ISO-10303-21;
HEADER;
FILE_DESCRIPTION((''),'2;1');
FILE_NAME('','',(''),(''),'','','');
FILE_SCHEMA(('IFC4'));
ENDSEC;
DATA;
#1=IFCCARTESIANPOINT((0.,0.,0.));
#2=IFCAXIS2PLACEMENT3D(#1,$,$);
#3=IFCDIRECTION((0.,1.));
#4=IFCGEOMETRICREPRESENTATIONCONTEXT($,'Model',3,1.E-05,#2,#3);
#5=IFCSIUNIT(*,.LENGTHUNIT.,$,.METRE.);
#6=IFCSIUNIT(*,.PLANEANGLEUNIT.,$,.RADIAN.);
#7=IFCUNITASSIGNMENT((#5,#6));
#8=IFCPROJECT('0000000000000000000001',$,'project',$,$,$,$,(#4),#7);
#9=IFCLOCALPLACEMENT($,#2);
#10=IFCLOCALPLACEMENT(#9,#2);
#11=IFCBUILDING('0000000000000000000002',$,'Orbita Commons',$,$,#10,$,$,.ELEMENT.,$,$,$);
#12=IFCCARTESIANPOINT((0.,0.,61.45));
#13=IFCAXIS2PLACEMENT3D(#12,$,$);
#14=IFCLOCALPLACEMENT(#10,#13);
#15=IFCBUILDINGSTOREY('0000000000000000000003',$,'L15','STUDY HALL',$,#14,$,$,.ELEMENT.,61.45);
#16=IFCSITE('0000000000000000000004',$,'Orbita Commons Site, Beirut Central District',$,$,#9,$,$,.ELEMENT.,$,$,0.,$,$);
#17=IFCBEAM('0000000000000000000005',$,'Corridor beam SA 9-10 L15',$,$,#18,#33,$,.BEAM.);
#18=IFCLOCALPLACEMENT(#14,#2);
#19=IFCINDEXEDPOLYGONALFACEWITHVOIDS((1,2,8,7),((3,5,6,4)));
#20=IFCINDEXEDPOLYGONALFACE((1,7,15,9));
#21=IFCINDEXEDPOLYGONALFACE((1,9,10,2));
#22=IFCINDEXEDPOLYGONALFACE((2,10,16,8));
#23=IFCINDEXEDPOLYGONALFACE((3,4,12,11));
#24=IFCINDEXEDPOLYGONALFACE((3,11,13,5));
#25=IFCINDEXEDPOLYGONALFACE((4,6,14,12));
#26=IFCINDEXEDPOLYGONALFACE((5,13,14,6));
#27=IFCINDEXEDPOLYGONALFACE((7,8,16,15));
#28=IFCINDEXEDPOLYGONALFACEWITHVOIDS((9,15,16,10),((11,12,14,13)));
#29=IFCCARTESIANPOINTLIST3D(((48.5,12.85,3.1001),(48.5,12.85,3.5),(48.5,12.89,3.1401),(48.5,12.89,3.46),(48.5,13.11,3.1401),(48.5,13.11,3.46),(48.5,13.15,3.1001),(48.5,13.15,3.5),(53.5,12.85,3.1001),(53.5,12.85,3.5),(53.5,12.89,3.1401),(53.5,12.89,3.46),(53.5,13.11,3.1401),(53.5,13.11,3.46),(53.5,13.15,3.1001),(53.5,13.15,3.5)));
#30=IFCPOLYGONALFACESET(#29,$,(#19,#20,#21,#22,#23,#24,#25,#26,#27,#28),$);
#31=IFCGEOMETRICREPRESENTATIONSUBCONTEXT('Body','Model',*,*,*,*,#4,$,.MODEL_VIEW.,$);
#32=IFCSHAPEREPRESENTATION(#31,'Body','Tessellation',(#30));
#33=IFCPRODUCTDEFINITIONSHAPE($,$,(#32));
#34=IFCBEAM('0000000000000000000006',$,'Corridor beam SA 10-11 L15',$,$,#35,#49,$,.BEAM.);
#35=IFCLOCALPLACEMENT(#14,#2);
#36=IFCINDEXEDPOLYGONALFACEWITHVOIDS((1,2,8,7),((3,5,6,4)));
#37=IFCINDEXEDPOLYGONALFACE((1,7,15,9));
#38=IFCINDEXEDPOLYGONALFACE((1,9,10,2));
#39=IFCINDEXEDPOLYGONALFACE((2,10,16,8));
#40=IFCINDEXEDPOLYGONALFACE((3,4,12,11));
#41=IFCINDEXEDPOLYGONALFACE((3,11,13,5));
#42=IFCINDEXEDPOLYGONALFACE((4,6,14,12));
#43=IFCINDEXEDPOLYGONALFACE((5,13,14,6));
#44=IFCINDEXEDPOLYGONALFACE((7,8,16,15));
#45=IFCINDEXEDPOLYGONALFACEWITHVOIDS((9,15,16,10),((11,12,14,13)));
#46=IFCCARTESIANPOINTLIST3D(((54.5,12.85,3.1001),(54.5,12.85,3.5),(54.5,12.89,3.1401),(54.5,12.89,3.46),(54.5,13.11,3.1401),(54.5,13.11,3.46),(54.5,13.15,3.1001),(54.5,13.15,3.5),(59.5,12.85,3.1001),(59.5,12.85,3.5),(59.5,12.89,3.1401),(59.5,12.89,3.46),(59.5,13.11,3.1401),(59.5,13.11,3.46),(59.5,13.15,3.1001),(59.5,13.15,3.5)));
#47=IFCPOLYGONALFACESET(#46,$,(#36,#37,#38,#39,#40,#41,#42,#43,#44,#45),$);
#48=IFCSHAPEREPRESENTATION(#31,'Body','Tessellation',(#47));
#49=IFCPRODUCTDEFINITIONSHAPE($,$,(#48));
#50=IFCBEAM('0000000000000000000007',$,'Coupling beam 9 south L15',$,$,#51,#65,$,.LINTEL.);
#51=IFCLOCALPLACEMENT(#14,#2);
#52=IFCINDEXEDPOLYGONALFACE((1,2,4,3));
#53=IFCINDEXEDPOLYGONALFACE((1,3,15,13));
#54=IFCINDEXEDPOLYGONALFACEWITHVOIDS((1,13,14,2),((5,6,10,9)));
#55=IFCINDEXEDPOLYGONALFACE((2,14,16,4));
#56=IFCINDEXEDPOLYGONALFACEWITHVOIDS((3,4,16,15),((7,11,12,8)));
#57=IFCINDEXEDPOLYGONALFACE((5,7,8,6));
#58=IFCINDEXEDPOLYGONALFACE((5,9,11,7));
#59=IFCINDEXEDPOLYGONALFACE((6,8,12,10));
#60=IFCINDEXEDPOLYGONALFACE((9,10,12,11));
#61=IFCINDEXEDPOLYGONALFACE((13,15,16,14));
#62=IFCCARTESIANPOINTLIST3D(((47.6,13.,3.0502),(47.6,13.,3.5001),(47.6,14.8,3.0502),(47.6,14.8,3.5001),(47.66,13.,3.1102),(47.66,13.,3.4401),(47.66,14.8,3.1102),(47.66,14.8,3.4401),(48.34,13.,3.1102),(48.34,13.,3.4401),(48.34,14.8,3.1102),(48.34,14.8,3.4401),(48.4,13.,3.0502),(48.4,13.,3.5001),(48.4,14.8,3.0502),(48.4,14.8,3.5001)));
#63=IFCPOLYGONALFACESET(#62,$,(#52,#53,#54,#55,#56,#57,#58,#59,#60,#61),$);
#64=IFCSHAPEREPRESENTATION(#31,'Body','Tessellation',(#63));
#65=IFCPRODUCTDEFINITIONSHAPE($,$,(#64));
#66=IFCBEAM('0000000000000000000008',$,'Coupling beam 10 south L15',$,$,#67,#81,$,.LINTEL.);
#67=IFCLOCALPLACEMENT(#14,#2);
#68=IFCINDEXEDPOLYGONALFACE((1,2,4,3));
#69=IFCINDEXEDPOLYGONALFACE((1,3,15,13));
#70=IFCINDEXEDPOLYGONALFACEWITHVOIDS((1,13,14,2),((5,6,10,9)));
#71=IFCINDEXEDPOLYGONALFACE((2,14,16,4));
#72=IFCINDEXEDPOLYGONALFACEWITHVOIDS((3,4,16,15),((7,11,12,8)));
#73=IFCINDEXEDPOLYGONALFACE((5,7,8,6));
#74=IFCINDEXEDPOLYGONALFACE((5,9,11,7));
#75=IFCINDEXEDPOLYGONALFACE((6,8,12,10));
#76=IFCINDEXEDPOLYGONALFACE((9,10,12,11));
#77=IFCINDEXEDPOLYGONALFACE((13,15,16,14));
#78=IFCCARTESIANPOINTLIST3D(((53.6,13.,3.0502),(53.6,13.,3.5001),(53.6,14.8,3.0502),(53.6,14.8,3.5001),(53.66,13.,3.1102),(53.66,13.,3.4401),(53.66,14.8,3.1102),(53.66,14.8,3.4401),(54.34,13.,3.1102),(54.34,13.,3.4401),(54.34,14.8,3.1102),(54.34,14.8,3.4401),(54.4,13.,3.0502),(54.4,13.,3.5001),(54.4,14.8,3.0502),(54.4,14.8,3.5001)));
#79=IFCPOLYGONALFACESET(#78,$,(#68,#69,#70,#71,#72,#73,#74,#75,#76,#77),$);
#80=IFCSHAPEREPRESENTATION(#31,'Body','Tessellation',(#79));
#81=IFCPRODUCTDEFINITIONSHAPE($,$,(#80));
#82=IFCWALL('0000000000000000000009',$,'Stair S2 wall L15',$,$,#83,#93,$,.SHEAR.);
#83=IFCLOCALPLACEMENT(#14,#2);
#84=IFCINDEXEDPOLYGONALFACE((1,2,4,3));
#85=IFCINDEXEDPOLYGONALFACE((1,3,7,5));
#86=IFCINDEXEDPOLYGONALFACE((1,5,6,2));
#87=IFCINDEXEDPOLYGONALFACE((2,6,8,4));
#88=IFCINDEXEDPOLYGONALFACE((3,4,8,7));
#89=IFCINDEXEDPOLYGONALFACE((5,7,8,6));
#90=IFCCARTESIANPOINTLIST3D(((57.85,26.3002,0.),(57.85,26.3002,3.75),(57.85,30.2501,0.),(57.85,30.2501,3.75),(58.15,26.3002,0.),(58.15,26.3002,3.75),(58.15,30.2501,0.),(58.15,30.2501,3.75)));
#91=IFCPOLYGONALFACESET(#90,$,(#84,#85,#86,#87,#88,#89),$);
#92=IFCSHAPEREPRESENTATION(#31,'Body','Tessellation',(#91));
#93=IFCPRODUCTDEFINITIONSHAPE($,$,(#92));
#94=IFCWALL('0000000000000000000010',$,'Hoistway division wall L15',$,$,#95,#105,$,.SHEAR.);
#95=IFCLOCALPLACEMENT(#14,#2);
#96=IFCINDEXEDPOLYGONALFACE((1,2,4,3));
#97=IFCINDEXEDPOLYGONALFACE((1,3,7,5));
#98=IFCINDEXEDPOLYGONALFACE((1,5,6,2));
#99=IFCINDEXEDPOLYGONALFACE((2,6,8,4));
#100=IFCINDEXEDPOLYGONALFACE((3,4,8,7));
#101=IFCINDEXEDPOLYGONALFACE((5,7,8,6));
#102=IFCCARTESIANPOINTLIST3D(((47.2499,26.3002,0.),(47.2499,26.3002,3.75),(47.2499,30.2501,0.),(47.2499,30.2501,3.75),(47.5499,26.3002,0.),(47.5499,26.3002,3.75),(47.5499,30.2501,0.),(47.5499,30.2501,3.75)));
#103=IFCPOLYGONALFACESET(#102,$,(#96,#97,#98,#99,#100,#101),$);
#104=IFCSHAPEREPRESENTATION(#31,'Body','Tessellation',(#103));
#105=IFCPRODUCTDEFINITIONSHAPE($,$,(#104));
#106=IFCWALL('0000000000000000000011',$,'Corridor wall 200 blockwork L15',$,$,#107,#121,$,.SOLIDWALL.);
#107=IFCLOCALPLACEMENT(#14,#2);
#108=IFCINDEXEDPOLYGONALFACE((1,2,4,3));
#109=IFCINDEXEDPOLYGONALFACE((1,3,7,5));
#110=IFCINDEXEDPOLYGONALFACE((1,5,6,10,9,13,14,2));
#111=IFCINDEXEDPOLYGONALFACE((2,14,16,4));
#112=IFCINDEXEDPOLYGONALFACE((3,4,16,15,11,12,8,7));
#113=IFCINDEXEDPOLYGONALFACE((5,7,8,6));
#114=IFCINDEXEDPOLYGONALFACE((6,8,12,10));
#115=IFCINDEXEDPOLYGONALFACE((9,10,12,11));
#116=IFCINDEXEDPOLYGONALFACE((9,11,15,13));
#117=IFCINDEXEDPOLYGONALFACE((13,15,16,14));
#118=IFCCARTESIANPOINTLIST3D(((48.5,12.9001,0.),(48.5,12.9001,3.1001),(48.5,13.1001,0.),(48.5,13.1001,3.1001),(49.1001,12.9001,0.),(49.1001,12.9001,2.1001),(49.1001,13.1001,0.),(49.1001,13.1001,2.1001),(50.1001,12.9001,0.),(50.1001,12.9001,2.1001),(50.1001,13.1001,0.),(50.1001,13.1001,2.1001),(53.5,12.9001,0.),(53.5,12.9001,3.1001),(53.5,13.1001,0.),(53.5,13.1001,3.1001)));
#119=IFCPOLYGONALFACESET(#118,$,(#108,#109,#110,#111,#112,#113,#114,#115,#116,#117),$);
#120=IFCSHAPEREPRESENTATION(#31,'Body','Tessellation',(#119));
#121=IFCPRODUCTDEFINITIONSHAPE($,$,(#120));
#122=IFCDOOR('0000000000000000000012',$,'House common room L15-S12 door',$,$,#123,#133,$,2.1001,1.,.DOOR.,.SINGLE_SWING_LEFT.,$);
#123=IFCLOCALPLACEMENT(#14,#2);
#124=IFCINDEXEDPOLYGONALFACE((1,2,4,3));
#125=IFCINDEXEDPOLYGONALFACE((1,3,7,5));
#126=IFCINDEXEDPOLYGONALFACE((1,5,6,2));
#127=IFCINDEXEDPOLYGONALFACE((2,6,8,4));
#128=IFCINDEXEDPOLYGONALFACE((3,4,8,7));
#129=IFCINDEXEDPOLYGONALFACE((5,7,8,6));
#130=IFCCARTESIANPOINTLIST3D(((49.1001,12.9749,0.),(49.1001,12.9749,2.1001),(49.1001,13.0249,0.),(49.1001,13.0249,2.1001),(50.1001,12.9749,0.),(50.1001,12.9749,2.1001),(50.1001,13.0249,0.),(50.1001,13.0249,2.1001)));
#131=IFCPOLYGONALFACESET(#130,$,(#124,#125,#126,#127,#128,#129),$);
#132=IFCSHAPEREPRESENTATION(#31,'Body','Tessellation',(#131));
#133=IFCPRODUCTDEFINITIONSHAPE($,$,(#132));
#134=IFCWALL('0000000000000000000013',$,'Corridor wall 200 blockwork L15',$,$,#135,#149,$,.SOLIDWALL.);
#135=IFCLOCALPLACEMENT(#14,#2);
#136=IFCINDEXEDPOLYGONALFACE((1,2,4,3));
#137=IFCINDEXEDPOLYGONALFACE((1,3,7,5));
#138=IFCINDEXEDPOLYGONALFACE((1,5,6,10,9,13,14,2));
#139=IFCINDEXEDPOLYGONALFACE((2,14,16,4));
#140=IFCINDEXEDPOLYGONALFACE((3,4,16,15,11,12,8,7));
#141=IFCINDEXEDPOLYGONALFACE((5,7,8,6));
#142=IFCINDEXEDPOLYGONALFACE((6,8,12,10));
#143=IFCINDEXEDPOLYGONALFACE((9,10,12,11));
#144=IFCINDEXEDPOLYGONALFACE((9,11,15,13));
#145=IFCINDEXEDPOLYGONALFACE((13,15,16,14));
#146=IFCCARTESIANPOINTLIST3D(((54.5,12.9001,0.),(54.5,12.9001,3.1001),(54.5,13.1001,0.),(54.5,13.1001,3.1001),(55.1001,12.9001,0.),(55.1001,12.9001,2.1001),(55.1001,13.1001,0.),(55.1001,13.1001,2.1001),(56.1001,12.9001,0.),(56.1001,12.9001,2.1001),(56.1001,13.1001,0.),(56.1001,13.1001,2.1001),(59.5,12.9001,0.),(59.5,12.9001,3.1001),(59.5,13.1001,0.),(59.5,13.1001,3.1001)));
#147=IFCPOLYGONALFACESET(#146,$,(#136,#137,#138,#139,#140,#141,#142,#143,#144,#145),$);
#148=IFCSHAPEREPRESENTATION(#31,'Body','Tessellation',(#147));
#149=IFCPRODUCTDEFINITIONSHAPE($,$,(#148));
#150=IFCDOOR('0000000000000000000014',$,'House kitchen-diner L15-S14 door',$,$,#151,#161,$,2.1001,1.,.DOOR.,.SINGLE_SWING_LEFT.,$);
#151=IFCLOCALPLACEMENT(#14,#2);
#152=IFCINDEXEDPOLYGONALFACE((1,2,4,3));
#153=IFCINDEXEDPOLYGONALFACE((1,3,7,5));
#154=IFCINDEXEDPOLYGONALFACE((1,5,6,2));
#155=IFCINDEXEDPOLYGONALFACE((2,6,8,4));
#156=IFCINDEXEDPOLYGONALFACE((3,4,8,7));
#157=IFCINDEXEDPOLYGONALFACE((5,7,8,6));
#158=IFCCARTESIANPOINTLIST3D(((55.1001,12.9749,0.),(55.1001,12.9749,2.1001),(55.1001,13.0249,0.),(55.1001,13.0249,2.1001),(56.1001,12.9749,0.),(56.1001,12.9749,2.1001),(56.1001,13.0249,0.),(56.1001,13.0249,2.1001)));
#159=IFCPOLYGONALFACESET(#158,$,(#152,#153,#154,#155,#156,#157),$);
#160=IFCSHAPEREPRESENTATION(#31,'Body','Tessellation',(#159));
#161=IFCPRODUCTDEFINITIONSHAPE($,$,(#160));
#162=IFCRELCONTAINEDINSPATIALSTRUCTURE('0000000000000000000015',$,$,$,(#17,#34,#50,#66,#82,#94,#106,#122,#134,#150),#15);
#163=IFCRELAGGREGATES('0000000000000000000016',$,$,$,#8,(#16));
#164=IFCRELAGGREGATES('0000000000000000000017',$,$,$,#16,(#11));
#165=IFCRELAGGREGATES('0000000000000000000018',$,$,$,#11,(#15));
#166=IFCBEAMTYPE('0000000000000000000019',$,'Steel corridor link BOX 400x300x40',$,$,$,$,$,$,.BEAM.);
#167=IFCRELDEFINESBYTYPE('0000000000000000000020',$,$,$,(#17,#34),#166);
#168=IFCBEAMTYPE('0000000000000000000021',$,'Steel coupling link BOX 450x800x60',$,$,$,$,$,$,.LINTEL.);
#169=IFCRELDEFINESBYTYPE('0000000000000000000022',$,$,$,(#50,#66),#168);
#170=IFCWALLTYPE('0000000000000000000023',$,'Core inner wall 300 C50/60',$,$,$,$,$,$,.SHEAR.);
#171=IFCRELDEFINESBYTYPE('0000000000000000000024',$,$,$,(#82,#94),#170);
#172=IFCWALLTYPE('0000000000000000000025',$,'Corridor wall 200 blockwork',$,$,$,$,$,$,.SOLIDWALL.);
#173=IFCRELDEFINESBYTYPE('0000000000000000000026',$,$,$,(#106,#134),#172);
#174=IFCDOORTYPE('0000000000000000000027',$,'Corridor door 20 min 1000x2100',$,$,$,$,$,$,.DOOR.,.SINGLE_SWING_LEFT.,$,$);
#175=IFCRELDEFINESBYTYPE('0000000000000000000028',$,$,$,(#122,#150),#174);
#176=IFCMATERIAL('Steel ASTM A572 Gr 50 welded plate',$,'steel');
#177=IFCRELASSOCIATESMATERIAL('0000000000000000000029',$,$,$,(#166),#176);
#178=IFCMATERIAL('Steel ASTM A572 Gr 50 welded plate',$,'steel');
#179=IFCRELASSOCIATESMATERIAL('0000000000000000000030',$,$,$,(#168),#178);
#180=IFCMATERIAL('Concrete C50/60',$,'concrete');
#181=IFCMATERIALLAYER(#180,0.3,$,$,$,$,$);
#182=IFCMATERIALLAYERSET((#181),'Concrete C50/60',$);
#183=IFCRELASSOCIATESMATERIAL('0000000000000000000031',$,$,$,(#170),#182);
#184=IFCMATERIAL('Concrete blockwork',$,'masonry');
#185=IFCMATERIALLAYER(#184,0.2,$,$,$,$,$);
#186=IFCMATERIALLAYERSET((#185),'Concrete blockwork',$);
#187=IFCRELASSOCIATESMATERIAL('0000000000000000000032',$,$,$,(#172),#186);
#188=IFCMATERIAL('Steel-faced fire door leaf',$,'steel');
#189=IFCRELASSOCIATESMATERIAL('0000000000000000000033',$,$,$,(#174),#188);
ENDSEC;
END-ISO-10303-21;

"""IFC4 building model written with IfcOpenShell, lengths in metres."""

from ifc_helpers import new_model, si_unit, direction, frame, frame_2d, origin, origin_2d, place, context, subcontext, project, spatial, polyline, rectangle, hollow_rectangle, outline, extrude, material, layer, layer_set, material_profile, profile_set, type_object, element, fill, save


model = new_model("IFC4")

# Units and contexts
model_context = context("Model", 3, precision=1e-05, world=origin(), true_north=direction((0.0, 1.0)))
body_context = subcontext(model_context, "Body", "Model", "MODEL_VIEW")
ifc_project = project(units=[si_unit("LENGTHUNIT", "METRE"), si_unit("PLANEANGLEUNIT", "RADIAN")], contexts=[model_context])

# Site, building, storey
site_placement = place(None, origin())
site = spatial("IfcSite", under=ifc_project, at=site_placement, Name="Orbita Commons Site, Beirut Central District", CompositionType="ELEMENT", RefElevation=0.0)
building_placement = place(site_placement, origin())
building = spatial("IfcBuilding", under=site, at=building_placement, Name="Orbita Commons", CompositionType="ELEMENT")
storey_placement = place(building_placement, frame((0.0, 0.0, 61.45)))
storey = spatial("IfcBuildingStorey", under=building, at=storey_placement, Name="L15", Description="STUDY HALL", CompositionType="ELEMENT", Elevation=61.45)

# Beams
ifc_material_1 = material(Name="Steel ASTM A572 Gr 50 welded plate", Category="steel")
ifc_material_profile_1 = material_profile(ifc_material_1, hollow_rectangle(XDim=0.3, YDim=0.3999, WallThickness=0.04, at=origin_2d()), Name="BOX 400x300x40")
ifc_profile_set_1 = profile_set([ifc_material_profile_1], Name="Steel ASTM A572 Gr 50 welded plate")
beam_type_1 = type_object("IfcBeamType", Name="Steel corridor link BOX 400x300x40", PredefinedType="BEAM", material=ifc_profile_set_1)
for number, where, z_axis, x_axis, name in (
    (1, (48.5, 13.0, 3.3), (1.0, 0.0, 0.0), (0.0, 1.0, 0.0), "Corridor beam SA 9-10 L15"),
    (2, (54.5, 13.0, 3.3), (1.0, 0.0, 0.0), (0.0, 1.0, 0.0), "Corridor beam SA 10-11 L15"),
):
    element("IfcBeam", number, at=place(storey_placement, frame(where, z_axis=z_axis, x_axis=x_axis)), inside=storey, type_object=beam_type_1, Name=name, PredefinedType="BEAM", context=body_context, shape_type="SweptSolid", body=[
        extrude(hollow_rectangle(XDim=0.3, YDim=0.3999, WallThickness=0.04, at=origin_2d()), origin(), (0.0, 0.0, 1.0), 5.0),
    ])
ifc_material_2 = material(Name="Steel ASTM A572 Gr 50 welded plate", Category="steel")
ifc_material_profile_2 = material_profile(ifc_material_2, hollow_rectangle(XDim=0.8, YDim=0.45, WallThickness=0.0601, at=origin_2d()), Name="BOX 450x800x60")
ifc_profile_set_2 = profile_set([ifc_material_profile_2], Name="Steel ASTM A572 Gr 50 welded plate")
beam_type_2 = type_object("IfcBeamType", Name="Steel coupling link BOX 450x800x60", PredefinedType="LINTEL", material=ifc_profile_set_2)
for number, where, z_axis, x_axis, name in (
    (3, (48.0, 13.0, 3.2751), (0.0, 1.0, 0.0), (-1.0, 0.0, 0.0), "Coupling beam 9 south L15"),
    (4, (54.0, 13.0, 3.2751), (0.0, 1.0, 0.0), (-1.0, 0.0, 0.0), "Coupling beam 10 south L15"),
):
    element("IfcBeam", number, at=place(storey_placement, frame(where, z_axis=z_axis, x_axis=x_axis)), inside=storey, type_object=beam_type_2, Name=name, PredefinedType="LINTEL", context=body_context, shape_type="SweptSolid", body=[
        extrude(hollow_rectangle(XDim=0.8, YDim=0.45, WallThickness=0.0601, at=origin_2d()), origin(), (0.0, 0.0, 1.0), 1.8),
    ])

# Walls
ifc_material_3 = material(Name="Concrete C50/60", Category="concrete")
ifc_layer_1 = layer(ifc_material_3, 0.3)
ifc_layer_set_1 = layer_set([ifc_layer_1], Name="Concrete C50/60")
wall_type_1 = type_object("IfcWallType", Name="Core inner wall 300 C50/60", PredefinedType="SHEAR", material=ifc_layer_set_1)
for number, where, z_axis, x_axis, name in (
    (5, (58.0, 26.3, 0.0), (0.0, 0.0, 1.0), (0.0, 1.0, 0.0), "Stair S2 wall L15"),
    (6, (47.3999, 26.3, 0.0), (0.0, 0.0, 1.0), (0.0, 1.0, 0.0), "Hoistway division wall L15"),
):
    element("IfcWall", number, at=place(storey_placement, frame(where, z_axis=z_axis, x_axis=x_axis)), inside=storey, type_object=wall_type_1, Name=name, PredefinedType="SHEAR", context=body_context, shape_type="SweptSolid", body=[
        extrude(rectangle(XDim=3.95, YDim=0.3, at=frame_2d((1.9751, 0.0))), origin(), (0.0, 0.0, 1.0), 3.75),
    ])

# Walls, openings, doors
ifc_material_4 = material(Name="Concrete blockwork", Category="masonry")
ifc_layer_2 = layer(ifc_material_4, 0.2)
ifc_layer_set_2 = layer_set([ifc_layer_2], Name="Concrete blockwork")
wall_type_2 = type_object("IfcWallType", Name="Corridor wall 200 blockwork", PredefinedType="SOLIDWALL", material=ifc_layer_set_2)
wall_1_placement = place(storey_placement, frame((48.5, 13.0, 0.0), z_axis=(0.0, 0.0, 1.0), x_axis=(1.0, 0.0, 0.0)))
wall_1 = element("IfcWall", 7, at=wall_1_placement, inside=storey, type_object=wall_type_2, Name="Corridor wall 200 blockwork L15", PredefinedType="SOLIDWALL", context=body_context, shape_type="SweptSolid", body=[
    extrude(outline(polyline([(0.0, 0.0), (5.0, 0.0), (5.0, 3.1001), (0.0, 3.1001), (0.0, 0.0)])), frame((0.0, 0.1001, 0.0), z_axis=(0.0, -1.0, 0.0), x_axis=(1.0, 0.0, 0.0)), (0.0, 0.0, 1.0), 0.2),
])
opening_1_placement = place(wall_1_placement, frame((0.6001, 0.0, 0.0)))
opening_1 = element("IfcOpeningElement", 8, at=opening_1_placement, cuts=wall_1, PredefinedType="OPENING", context=body_context, shape_type="SweptSolid", body=[
    extrude(rectangle(XDim=1.0, YDim=2.1001, at=frame_2d((0.5, 1.05))), frame((0.0, 0.1099, 0.0), z_axis=(0.0, -1.0, 0.0), x_axis=(1.0, 0.0, 0.0)), (0.0, 0.0, 1.0), 0.22),
])
ifc_material_5 = material(Name="Steel-faced fire door leaf", Category="steel")
door_type_1 = type_object("IfcDoorType", Name="Corridor door 20 min 1000x2100", OperationType="SINGLE_SWING_LEFT", PredefinedType="DOOR", material=ifc_material_5)
door_1_placement = place(opening_1_placement, origin())
door_1 = element("IfcDoor", 9, at=door_1_placement, inside=storey, type_object=door_type_1, Name="House common room L15-S12 door", OperationType="SINGLE_SWING_LEFT", OverallHeight=2.1001, OverallWidth=1.0, PredefinedType="DOOR", context=body_context, shape_type="SweptSolid", body=[
    extrude(rectangle(XDim=1.0, YDim=2.1001, at=frame_2d((0.5, 1.05))), frame((0.0, 0.0249, 0.0), z_axis=(0.0, -1.0, 0.0), x_axis=(1.0, 0.0, 0.0)), (0.0, 0.0, 1.0), 0.05),
])
fill(opening_1, door_1)
wall_2_placement = place(storey_placement, frame((54.5, 13.0, 0.0), z_axis=(0.0, 0.0, 1.0), x_axis=(1.0, 0.0, 0.0)))
wall_2 = element("IfcWall", 10, at=wall_2_placement, inside=storey, type_object=wall_type_2, Name="Corridor wall 200 blockwork L15", PredefinedType="SOLIDWALL", context=body_context, shape_type="SweptSolid", body=[
    extrude(outline(polyline([(0.0, 0.0), (5.0, 0.0), (5.0, 3.1001), (0.0, 3.1001), (0.0, 0.0)])), frame((0.0, 0.1001, 0.0), z_axis=(0.0, -1.0, 0.0), x_axis=(1.0, 0.0, 0.0)), (0.0, 0.0, 1.0), 0.2),
])
opening_2_placement = place(wall_2_placement, frame((0.6001, 0.0, 0.0)))
opening_2 = element("IfcOpeningElement", 11, at=opening_2_placement, cuts=wall_2, PredefinedType="OPENING", context=body_context, shape_type="SweptSolid", body=[
    extrude(rectangle(XDim=1.0, YDim=2.1001, at=frame_2d((0.5, 1.05))), frame((0.0, 0.1099, 0.0), z_axis=(0.0, -1.0, 0.0), x_axis=(1.0, 0.0, 0.0)), (0.0, 0.0, 1.0), 0.22),
])
door_2_placement = place(opening_2_placement, origin())
door_2 = element("IfcDoor", 12, at=door_2_placement, inside=storey, type_object=door_type_1, Name="House kitchen-diner L15-S14 door", OperationType="SINGLE_SWING_LEFT", OverallHeight=2.1001, OverallWidth=1.0, PredefinedType="DOOR", context=body_context, shape_type="SweptSolid", body=[
    extrude(rectangle(XDim=1.0, YDim=2.1001, at=frame_2d((0.5, 1.05))), frame((0.0, 0.0249, 0.0), z_axis=(0.0, -1.0, 0.0), x_axis=(1.0, 0.0, 0.0)), (0.0, 0.0, 1.0), 0.05),
])
fill(opening_2, door_2)

save(model, "model.ifc")
